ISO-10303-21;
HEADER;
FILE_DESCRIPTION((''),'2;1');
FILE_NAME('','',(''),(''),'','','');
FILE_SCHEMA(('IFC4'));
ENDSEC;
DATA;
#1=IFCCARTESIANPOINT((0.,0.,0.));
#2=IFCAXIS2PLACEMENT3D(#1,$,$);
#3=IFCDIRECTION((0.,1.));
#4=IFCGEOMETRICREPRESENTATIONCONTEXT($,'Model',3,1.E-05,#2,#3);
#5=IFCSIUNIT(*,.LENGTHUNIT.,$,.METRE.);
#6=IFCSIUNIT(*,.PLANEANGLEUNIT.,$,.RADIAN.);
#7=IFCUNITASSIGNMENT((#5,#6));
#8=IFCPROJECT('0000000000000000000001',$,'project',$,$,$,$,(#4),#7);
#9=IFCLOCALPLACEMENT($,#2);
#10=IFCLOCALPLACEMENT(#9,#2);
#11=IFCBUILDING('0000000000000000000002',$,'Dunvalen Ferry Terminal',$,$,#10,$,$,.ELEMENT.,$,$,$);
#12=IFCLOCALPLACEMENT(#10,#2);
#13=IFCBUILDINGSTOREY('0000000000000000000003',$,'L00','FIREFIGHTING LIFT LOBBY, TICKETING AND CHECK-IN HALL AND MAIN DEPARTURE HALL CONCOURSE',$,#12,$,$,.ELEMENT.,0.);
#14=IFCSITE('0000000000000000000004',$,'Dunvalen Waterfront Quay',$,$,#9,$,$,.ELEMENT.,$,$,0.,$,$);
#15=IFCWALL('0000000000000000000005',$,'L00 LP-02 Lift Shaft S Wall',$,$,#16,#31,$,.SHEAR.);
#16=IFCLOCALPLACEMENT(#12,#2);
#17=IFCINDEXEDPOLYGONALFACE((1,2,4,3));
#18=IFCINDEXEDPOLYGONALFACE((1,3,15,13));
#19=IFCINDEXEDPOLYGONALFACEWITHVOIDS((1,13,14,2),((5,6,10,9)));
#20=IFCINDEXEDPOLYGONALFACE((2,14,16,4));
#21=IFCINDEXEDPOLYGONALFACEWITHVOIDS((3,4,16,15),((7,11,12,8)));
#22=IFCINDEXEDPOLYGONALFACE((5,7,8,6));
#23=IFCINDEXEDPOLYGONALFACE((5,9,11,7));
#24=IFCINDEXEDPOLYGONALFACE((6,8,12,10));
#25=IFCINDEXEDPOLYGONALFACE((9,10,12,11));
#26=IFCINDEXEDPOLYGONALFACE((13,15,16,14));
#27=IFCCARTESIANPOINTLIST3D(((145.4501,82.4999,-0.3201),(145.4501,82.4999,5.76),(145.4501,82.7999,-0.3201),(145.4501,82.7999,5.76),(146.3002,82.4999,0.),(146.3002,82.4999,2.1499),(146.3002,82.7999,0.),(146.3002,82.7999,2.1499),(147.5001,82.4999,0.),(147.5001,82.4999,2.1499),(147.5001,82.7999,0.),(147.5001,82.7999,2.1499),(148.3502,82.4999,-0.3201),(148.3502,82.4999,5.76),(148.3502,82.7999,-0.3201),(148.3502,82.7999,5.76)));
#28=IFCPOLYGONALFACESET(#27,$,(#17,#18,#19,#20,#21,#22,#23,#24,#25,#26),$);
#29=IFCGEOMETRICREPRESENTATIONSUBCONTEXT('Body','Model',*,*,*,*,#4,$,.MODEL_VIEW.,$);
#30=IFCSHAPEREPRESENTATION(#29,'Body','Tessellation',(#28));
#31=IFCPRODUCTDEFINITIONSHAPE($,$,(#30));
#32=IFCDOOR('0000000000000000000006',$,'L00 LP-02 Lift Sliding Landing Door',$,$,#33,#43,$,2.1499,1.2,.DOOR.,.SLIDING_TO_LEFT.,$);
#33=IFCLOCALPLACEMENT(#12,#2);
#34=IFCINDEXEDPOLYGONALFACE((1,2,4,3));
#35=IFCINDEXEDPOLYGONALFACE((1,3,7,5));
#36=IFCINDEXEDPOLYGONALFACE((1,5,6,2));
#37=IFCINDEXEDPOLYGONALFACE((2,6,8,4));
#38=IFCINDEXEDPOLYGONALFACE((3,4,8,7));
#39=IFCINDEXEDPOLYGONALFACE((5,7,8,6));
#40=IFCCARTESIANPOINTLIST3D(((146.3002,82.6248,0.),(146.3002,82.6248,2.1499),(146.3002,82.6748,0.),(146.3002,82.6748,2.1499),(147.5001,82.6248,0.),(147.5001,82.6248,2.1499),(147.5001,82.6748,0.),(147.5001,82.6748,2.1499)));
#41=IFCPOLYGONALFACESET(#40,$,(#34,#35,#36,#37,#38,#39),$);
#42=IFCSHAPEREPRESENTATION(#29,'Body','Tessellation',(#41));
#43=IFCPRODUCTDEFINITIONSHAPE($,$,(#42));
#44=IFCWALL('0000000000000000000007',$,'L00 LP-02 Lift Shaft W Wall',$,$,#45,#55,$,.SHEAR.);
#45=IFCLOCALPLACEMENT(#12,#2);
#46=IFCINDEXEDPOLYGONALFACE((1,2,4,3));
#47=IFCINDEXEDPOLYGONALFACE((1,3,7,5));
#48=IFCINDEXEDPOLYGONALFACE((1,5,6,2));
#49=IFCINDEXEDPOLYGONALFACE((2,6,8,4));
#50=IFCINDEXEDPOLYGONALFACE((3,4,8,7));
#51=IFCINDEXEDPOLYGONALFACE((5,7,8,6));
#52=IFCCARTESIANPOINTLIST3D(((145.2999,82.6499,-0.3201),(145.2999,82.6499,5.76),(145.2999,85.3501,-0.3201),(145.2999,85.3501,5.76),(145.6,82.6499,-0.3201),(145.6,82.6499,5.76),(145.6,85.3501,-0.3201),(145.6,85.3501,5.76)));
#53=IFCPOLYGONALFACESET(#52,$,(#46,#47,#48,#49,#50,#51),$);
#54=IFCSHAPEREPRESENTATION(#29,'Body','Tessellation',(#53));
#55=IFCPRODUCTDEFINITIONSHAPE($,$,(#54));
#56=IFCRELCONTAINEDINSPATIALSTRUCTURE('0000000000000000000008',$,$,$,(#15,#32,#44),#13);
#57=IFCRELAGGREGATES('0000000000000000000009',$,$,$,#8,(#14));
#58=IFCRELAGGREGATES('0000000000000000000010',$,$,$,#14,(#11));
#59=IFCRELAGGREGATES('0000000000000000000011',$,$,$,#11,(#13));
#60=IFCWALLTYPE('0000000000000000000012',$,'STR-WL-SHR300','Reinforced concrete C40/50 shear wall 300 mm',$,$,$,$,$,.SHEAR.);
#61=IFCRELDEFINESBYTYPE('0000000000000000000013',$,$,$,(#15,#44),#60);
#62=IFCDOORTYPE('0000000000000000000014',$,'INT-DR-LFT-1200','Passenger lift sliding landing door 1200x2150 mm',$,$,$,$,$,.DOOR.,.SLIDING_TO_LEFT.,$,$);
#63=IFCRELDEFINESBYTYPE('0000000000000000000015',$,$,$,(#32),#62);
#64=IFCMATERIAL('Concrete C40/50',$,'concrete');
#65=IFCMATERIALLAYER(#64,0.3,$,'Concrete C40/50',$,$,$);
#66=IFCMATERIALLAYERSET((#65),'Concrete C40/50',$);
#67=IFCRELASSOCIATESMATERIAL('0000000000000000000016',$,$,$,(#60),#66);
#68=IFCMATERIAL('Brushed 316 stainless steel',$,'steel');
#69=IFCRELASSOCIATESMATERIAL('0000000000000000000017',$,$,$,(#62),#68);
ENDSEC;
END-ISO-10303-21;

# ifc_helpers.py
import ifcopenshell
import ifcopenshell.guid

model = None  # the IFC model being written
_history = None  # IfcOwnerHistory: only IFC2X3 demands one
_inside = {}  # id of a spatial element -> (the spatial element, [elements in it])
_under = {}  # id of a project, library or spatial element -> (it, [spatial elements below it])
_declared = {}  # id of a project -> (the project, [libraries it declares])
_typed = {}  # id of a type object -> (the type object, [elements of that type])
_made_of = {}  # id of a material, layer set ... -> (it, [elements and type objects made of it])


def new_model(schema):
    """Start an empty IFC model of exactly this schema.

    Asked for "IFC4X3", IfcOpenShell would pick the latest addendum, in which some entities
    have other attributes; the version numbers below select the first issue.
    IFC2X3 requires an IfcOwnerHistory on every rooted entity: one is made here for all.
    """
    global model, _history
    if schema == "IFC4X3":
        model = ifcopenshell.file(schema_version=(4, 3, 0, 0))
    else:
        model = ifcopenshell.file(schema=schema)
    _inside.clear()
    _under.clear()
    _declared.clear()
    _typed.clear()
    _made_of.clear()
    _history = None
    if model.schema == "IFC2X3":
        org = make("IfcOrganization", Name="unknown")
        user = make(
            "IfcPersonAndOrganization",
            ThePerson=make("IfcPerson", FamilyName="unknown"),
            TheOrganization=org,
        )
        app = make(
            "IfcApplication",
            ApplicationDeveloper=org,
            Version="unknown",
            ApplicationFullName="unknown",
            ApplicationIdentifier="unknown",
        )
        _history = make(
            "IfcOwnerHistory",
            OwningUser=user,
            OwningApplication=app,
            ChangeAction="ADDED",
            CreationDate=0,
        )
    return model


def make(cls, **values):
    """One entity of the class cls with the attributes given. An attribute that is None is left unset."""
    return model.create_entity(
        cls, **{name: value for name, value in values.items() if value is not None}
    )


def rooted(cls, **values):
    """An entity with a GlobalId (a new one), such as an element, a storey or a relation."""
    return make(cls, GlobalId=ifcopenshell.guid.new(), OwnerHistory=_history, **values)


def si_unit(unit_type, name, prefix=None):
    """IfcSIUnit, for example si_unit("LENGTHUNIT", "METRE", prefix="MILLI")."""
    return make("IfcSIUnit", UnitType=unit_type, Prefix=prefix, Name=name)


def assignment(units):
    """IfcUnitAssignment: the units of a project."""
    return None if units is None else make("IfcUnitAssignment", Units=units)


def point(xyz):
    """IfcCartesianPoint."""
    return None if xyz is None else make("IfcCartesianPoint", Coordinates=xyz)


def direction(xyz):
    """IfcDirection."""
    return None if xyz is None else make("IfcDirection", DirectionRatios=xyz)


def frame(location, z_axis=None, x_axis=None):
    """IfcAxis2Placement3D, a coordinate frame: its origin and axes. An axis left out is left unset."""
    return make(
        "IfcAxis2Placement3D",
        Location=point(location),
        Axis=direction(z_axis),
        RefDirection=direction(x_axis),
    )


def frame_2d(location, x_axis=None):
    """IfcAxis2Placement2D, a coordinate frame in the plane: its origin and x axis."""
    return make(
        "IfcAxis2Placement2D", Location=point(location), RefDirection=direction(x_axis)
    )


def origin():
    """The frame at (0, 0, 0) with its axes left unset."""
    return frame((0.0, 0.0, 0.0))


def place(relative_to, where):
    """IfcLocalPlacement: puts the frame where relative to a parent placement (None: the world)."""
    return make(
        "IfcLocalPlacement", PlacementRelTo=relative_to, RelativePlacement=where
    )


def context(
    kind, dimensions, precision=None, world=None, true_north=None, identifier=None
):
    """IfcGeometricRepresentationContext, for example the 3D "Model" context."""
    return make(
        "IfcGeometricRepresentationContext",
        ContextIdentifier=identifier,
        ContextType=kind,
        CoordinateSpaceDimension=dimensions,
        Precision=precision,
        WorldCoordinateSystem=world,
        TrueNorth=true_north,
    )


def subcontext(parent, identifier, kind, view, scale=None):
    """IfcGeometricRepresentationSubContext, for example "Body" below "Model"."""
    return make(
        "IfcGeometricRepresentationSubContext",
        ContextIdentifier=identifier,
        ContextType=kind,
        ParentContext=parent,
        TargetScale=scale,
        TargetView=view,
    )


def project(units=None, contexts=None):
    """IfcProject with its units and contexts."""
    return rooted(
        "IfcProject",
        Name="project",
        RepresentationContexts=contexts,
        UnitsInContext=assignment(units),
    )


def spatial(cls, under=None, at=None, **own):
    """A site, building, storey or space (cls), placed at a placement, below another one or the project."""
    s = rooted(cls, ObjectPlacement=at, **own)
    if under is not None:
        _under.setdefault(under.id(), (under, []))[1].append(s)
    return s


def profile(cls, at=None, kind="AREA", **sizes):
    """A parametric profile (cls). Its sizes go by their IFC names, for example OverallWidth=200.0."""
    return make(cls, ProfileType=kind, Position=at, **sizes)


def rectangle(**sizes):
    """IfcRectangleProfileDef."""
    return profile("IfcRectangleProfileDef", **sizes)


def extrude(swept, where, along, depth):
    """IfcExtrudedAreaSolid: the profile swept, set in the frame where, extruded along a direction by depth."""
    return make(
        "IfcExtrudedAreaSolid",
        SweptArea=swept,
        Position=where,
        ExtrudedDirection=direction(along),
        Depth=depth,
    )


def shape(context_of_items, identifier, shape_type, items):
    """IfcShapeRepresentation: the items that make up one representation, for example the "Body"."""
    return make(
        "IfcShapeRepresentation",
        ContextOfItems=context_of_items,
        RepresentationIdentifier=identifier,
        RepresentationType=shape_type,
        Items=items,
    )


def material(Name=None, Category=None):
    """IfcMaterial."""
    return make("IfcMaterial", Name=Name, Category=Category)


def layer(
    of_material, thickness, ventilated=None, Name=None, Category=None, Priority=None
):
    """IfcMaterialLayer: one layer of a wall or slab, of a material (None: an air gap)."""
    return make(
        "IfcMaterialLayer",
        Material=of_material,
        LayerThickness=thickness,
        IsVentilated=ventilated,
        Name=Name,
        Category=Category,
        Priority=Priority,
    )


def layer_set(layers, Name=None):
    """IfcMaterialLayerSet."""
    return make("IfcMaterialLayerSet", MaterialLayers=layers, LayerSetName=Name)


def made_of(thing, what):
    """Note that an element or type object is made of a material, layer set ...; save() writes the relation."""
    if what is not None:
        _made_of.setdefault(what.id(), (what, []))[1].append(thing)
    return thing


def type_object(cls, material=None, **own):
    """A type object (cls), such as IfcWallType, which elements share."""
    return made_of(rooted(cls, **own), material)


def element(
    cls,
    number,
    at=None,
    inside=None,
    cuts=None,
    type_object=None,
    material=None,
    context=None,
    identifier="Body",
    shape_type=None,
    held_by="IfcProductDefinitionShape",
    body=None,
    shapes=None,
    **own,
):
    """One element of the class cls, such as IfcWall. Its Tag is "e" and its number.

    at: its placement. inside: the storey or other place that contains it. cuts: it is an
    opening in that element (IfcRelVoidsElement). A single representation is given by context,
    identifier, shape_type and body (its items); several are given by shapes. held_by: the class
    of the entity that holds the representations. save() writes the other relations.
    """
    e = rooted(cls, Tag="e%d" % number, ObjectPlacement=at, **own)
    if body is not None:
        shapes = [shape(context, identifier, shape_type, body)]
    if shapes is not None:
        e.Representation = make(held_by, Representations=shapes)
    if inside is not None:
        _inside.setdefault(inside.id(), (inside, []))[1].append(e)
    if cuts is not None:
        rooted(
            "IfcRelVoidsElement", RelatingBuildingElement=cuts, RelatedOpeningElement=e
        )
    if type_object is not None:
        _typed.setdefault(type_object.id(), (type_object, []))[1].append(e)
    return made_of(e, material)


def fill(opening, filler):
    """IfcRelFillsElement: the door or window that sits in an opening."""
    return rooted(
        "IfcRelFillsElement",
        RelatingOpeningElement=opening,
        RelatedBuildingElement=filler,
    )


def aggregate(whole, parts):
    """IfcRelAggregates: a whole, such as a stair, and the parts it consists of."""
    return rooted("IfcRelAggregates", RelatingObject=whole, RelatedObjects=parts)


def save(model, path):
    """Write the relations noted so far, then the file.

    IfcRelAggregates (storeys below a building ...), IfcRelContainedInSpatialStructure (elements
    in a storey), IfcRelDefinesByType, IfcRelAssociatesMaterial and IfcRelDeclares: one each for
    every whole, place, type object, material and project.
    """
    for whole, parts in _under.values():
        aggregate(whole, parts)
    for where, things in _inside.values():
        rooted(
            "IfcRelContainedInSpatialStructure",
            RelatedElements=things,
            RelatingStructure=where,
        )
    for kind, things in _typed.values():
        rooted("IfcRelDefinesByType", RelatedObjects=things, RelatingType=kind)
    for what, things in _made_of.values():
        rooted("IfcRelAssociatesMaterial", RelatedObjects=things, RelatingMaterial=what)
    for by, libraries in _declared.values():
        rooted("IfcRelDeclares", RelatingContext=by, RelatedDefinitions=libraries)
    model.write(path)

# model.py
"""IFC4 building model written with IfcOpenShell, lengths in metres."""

from ifc_helpers import new_model, si_unit, direction, frame, frame_2d, origin, place, context, subcontext, project, spatial, rectangle, extrude, material, layer, layer_set, type_object, element, fill, save


model = new_model("IFC4")

# Units and contexts
model_context = context("Model", 3, precision=1e-05, world=origin(), true_north=direction((0.0, 1.0)))
body_context = subcontext(model_context, "Body", "Model", "MODEL_VIEW")
ifc_project = project(units=[si_unit("LENGTHUNIT", "METRE"), si_unit("PLANEANGLEUNIT", "RADIAN")], contexts=[model_context])

# Site, building, storey
site_placement = place(None, origin())
site = spatial("IfcSite", under=ifc_project, at=site_placement, Name="Dunvalen Waterfront Quay", CompositionType="ELEMENT", RefElevation=0.0)
building_placement = place(site_placement, origin())
building = spatial("IfcBuilding", under=site, at=building_placement, Name="Dunvalen Ferry Terminal", CompositionType="ELEMENT")
storey_placement = place(building_placement, origin())
storey = spatial("IfcBuildingStorey", under=building, at=storey_placement, Name="L00", Description="FIREFIGHTING LIFT LOBBY, TICKETING AND CHECK-IN HALL AND MAIN DEPARTURE HALL CONCOURSE", CompositionType="ELEMENT", Elevation=0.0)

# Shared definitions
ifc_material_1 = material(Name="Concrete C40/50", Category="concrete")

# Wall, opening, door
ifc_layer_1 = layer(ifc_material_1, 0.3, Name="Concrete C40/50")
ifc_layer_set_1 = layer_set([ifc_layer_1], Name="Concrete C40/50")
wall_type_1 = type_object("IfcWallType", Name="STR-WL-SHR300", Description="Reinforced concrete C40/50 shear wall 300 mm", PredefinedType="SHEAR", material=ifc_layer_set_1)
wall_1_placement = place(storey_placement, frame((145.45, 82.6499, -0.3201), z_axis=(0.0, 0.0, 1.0), x_axis=(1.0, 0.0, 0.0)))
wall_1 = element("IfcWall", 1, at=wall_1_placement, inside=storey, type_object=wall_type_1, Name="L00 LP-02 Lift Shaft S Wall", PredefinedType="SHEAR", context=body_context, shape_type="SweptSolid", body=[
    extrude(rectangle(XDim=2.9001, YDim=0.3, at=frame_2d((1.4502, 0.0))), origin(), (0.0, 0.0, 1.0), 6.0801),
])
opening_1_placement = place(wall_1_placement, frame((0.8501, 0.0, 0.3201)))
opening_1 = element("IfcOpeningElement", 2, at=opening_1_placement, cuts=wall_1, PredefinedType="OPENING", context=body_context, shape_type="SweptSolid", body=[
    extrude(rectangle(XDim=1.2, YDim=2.1499, at=frame_2d((0.6001, 1.075))), frame((0.0, 0.1602, 0.0), z_axis=(0.0, -1.0, 0.0), x_axis=(1.0, 0.0, 0.0)), (0.0, 0.0, 1.0), 0.3201),
])
ifc_material_2 = material(Name="Brushed 316 stainless steel", Category="steel")
door_type_1 = type_object("IfcDoorType", Name="INT-DR-LFT-1200", Description="Passenger lift sliding landing door 1200x2150 mm", OperationType="SLIDING_TO_LEFT", PredefinedType="DOOR", material=ifc_material_2)
door_1_placement = place(opening_1_placement, origin())
door_1 = element("IfcDoor", 3, at=door_1_placement, inside=storey, type_object=door_type_1, Name="L00 LP-02 Lift Sliding Landing Door", OperationType="SLIDING_TO_LEFT", OverallHeight=2.1499, OverallWidth=1.2, PredefinedType="DOOR", context=body_context, shape_type="SweptSolid", body=[
    extrude(rectangle(XDim=1.2, YDim=2.1499, at=frame_2d((0.6001, 1.075))), frame((0.0, 0.0249, 0.0), z_axis=(0.0, -1.0, 0.0), x_axis=(1.0, 0.0, 0.0)), (0.0, 0.0, 1.0), 0.05),
])
fill(opening_1, door_1)

# Wall
wall_2_placement = place(storey_placement, frame((145.45, 82.6499, -0.3201), z_axis=(0.0, 0.0, 1.0), x_axis=(0.0, 1.0, 0.0)))
element("IfcWall", 4, at=wall_2_placement, inside=storey, type_object=wall_type_1, Name="L00 LP-02 Lift Shaft W Wall", PredefinedType="SHEAR", context=body_context, shape_type="SweptSolid", body=[
    extrude(rectangle(XDim=2.7002, YDim=0.3, at=frame_2d((1.3501, 0.0))), origin(), (0.0, 0.0, 1.0), 6.0801),
])

save(model, "model.ifc")
